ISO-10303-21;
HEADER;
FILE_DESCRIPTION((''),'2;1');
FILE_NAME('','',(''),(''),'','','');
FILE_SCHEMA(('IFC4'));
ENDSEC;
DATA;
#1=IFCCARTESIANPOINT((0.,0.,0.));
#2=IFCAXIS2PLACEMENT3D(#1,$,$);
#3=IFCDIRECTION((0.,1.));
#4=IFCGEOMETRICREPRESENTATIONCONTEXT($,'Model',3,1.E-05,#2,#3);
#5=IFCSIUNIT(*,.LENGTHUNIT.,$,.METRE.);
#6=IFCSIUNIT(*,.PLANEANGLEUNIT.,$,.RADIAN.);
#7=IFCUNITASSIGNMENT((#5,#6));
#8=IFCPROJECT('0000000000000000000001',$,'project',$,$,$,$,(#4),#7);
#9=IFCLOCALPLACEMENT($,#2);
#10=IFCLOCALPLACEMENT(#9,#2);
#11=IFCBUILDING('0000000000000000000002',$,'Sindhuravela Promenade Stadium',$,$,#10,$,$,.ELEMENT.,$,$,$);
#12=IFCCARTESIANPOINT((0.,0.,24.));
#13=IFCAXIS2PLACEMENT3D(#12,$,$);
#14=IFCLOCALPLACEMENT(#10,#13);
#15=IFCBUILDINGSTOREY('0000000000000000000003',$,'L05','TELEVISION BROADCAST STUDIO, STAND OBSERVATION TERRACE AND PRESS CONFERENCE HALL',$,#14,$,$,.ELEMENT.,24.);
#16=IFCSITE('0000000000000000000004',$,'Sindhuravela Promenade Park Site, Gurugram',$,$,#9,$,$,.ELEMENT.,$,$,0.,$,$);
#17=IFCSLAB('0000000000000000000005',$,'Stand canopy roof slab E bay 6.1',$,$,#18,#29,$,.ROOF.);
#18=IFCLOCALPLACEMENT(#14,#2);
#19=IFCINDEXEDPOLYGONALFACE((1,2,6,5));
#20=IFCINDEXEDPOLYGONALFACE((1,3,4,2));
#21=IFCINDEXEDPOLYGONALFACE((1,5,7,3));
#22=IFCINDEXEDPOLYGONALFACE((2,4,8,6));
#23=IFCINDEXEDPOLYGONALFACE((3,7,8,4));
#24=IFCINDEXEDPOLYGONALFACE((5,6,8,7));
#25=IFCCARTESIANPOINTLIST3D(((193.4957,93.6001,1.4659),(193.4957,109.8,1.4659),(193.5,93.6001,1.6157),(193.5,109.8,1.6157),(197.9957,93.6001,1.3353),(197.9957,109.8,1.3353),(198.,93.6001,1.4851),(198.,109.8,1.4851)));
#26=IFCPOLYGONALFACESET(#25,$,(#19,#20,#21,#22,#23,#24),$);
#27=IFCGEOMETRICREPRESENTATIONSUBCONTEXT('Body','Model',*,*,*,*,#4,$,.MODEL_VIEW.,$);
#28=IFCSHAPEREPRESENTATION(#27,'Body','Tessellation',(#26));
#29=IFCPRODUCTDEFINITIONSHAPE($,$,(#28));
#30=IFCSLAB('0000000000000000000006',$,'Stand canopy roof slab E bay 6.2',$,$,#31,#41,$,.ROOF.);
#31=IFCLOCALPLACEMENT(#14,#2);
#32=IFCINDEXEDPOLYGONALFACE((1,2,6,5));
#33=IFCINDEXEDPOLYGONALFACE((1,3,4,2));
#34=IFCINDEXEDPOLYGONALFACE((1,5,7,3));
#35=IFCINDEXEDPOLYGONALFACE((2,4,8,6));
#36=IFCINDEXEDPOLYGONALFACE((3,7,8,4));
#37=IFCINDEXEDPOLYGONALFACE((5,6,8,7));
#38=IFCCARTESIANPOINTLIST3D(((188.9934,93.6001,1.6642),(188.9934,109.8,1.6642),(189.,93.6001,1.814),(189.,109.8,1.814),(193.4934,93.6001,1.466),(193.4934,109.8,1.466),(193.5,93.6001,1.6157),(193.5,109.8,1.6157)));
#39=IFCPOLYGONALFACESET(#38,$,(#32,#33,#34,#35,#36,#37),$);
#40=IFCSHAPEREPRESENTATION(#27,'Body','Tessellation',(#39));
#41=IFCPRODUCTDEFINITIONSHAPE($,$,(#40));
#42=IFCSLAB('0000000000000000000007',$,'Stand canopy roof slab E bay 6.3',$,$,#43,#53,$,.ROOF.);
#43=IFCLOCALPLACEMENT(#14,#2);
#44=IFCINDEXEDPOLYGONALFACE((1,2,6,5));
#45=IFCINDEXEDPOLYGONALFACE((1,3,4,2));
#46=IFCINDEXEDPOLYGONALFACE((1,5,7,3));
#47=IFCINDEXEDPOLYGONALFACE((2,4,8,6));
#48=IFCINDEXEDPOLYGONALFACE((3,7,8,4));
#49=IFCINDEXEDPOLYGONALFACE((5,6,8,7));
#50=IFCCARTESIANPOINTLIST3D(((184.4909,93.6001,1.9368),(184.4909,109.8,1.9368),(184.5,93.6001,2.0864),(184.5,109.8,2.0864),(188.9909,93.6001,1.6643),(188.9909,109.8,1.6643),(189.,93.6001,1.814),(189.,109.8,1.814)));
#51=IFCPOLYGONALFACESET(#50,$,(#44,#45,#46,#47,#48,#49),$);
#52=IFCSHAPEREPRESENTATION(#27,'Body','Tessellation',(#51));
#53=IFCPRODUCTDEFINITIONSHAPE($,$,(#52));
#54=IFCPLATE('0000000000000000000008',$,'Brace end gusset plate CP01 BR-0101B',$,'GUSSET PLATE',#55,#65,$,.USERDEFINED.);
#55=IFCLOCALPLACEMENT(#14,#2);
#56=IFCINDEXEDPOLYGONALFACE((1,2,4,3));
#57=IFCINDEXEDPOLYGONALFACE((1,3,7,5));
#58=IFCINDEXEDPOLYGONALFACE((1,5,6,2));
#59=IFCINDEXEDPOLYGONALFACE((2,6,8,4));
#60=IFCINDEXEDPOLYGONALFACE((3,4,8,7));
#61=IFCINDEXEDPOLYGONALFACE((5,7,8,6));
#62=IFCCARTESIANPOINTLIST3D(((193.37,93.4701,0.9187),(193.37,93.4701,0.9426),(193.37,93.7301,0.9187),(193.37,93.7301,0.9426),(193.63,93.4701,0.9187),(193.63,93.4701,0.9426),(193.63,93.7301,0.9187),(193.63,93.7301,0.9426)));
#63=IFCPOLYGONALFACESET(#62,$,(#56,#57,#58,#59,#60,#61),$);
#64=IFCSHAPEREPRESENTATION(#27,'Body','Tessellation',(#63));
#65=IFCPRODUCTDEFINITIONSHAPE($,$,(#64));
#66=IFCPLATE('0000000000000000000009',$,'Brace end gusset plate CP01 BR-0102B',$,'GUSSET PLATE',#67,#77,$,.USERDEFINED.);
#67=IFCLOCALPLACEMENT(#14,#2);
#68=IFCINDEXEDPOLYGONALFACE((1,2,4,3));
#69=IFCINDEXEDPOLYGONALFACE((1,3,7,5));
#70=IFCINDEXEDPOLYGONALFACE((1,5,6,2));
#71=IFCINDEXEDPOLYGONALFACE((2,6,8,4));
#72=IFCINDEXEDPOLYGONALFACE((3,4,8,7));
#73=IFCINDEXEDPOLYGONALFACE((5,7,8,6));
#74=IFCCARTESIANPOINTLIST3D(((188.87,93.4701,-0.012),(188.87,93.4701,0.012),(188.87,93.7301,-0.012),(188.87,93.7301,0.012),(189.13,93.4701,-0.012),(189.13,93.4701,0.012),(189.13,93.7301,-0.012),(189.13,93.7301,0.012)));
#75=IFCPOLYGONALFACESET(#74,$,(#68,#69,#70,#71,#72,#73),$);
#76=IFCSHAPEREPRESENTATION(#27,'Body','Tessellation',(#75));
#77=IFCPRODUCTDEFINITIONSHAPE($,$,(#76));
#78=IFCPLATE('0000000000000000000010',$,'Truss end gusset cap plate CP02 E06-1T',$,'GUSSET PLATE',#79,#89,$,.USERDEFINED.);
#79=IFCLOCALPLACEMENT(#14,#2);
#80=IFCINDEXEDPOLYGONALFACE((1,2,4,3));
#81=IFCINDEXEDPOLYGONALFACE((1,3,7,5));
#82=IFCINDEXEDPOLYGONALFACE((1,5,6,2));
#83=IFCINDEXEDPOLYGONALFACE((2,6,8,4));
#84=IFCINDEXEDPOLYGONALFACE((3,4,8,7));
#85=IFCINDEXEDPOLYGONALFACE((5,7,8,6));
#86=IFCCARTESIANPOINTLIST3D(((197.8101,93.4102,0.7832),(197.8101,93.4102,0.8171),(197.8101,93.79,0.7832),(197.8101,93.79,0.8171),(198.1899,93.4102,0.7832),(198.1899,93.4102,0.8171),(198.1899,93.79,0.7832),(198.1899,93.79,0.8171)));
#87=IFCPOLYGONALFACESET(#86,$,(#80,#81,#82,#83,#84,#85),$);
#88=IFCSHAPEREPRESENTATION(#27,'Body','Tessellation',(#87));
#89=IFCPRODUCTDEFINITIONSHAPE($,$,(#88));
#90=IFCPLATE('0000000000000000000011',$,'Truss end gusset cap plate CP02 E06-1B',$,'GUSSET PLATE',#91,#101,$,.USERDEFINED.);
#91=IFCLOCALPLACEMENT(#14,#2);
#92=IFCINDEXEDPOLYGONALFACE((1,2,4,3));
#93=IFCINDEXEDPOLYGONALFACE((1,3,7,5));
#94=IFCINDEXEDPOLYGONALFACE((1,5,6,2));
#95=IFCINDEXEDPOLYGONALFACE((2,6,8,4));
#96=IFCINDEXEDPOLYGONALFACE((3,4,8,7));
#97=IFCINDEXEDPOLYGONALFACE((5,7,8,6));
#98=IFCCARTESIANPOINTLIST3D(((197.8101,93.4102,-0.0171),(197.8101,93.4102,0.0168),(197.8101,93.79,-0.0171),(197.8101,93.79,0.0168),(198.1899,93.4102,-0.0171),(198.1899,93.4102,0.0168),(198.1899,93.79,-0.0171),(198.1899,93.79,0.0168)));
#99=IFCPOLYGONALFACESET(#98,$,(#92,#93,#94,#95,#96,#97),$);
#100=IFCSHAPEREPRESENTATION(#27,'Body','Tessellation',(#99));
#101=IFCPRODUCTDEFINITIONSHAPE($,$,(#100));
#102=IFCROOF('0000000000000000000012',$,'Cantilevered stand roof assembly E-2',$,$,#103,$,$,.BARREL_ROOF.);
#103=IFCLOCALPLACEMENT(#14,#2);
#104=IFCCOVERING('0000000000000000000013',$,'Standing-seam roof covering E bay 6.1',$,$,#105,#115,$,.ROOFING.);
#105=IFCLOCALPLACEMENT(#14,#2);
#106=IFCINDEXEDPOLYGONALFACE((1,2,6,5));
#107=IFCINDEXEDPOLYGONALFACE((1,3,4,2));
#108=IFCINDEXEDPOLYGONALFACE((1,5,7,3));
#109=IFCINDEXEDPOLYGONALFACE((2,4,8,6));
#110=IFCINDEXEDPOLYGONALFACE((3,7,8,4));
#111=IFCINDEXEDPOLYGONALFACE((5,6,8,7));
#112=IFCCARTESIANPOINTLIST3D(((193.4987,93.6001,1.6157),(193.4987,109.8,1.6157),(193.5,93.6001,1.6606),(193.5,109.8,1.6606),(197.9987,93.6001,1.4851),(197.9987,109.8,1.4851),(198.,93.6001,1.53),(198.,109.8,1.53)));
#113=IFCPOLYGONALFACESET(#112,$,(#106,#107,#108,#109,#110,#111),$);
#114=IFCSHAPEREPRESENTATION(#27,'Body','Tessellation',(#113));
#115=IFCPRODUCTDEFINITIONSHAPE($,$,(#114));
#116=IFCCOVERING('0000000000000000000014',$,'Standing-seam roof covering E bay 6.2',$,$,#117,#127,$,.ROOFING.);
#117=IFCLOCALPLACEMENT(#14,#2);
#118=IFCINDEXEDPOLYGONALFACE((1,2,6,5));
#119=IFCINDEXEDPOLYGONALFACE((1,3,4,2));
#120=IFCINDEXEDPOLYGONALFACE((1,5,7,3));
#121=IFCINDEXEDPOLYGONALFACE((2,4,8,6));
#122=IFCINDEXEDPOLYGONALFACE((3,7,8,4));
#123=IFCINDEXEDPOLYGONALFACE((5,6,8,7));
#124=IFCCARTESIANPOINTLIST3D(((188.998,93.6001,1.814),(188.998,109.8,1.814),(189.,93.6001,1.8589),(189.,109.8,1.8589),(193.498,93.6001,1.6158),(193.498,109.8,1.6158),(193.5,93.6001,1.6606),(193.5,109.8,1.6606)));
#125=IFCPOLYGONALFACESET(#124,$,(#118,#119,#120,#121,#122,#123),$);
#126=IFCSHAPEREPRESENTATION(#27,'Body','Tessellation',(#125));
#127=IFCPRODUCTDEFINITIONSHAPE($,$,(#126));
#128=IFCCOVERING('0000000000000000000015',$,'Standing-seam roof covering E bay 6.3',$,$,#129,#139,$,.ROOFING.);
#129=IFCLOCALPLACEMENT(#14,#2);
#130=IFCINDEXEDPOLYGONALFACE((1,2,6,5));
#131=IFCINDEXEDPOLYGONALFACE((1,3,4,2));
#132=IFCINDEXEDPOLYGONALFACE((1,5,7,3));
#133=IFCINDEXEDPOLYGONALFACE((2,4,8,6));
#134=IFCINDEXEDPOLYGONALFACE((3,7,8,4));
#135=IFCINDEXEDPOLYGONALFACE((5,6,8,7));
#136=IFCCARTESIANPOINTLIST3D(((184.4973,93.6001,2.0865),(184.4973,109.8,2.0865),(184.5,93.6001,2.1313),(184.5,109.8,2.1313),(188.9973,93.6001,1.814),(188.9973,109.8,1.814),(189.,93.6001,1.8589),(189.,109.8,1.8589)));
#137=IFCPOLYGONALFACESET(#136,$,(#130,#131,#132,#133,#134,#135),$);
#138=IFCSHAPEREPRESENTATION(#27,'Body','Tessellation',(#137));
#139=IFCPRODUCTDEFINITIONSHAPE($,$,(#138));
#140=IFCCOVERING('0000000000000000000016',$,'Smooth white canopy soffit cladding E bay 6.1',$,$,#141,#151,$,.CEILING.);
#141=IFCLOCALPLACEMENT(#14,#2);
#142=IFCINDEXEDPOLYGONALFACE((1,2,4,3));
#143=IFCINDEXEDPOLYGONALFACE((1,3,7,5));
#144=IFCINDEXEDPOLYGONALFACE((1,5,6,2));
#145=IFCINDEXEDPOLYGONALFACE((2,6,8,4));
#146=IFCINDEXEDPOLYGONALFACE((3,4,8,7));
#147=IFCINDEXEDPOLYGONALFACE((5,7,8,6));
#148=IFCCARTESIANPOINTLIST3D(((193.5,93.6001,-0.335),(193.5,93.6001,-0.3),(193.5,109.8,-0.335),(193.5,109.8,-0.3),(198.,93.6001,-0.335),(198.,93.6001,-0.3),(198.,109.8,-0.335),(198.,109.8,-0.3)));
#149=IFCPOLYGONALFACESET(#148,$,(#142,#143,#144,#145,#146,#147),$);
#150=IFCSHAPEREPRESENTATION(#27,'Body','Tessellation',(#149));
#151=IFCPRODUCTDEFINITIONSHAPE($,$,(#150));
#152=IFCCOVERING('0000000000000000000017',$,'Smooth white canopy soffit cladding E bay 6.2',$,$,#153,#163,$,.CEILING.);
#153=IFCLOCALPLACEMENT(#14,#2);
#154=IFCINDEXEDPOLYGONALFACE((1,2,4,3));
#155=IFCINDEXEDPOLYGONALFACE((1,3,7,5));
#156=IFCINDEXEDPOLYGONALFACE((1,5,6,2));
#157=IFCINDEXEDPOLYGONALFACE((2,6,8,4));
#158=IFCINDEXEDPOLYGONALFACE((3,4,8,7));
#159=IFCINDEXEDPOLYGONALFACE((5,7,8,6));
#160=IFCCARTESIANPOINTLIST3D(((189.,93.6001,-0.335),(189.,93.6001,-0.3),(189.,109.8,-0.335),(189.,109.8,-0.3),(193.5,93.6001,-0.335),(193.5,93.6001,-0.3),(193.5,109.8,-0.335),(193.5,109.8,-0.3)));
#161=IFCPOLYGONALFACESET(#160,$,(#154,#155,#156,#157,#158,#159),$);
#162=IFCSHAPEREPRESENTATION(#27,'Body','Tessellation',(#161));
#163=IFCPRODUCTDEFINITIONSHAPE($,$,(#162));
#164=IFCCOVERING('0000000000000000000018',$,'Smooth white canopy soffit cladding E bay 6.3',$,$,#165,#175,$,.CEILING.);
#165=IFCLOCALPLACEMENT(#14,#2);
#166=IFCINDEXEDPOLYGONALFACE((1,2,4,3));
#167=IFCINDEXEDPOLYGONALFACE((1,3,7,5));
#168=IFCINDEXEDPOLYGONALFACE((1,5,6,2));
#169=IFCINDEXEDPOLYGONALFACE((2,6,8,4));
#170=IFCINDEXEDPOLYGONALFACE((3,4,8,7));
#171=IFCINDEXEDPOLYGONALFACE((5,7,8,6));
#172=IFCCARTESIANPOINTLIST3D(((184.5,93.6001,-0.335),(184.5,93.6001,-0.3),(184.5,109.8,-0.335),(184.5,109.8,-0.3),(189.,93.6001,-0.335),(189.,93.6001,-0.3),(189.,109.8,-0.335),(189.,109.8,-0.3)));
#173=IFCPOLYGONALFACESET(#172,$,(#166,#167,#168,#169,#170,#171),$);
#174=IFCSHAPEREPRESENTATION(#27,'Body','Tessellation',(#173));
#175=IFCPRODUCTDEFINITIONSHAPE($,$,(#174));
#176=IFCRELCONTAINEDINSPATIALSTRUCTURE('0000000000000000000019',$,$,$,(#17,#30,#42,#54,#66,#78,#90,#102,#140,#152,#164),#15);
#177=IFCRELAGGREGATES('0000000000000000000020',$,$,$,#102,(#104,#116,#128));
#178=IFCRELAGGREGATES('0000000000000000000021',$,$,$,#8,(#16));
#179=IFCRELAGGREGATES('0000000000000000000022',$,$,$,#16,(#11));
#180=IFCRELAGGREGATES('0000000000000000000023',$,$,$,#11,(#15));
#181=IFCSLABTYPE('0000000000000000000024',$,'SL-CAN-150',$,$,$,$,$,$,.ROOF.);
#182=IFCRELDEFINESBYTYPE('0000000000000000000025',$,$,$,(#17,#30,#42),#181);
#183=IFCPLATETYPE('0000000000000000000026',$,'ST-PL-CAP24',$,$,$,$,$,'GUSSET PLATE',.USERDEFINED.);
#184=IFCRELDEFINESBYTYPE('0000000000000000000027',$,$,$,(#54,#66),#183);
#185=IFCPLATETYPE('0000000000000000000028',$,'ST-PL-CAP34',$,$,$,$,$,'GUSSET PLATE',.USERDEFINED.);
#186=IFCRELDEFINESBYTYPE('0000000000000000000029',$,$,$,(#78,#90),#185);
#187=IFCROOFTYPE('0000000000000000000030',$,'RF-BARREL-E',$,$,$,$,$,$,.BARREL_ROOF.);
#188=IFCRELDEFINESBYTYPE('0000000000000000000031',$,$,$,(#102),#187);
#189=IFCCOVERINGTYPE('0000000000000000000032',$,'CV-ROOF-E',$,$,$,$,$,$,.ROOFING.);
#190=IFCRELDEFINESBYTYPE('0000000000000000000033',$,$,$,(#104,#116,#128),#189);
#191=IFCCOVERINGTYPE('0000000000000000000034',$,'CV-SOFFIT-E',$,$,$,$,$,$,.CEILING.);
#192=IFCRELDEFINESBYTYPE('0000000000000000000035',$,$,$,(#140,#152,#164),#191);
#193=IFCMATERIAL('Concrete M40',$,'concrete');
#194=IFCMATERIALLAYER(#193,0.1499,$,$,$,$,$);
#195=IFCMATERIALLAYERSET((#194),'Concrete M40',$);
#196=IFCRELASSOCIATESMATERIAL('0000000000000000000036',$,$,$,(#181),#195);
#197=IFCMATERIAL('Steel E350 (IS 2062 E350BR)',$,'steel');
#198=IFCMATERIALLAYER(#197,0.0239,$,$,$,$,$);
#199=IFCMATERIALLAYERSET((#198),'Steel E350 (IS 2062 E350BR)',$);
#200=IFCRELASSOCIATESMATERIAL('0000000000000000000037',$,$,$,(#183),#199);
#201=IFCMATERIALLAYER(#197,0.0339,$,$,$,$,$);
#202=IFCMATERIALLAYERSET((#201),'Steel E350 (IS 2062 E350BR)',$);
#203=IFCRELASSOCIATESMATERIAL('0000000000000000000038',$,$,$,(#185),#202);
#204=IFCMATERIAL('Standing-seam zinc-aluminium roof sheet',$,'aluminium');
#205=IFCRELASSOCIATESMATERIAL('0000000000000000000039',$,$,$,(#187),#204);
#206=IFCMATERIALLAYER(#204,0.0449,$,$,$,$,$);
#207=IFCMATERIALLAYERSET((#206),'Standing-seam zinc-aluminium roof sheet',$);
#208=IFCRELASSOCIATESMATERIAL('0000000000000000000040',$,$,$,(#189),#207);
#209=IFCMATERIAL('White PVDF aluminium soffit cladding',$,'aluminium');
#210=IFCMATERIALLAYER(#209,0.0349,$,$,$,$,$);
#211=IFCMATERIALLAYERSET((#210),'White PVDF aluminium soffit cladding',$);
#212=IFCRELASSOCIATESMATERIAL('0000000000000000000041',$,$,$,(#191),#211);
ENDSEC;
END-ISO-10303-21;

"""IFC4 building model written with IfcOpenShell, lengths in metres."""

from ifc_helpers import new_model, si_unit, direction, frame, origin, origin_2d, place, context, subcontext, project, spatial, polyline, rectangle, outline, extrude, material, layer, layer_set, type_object, element, aggregate, save


model = new_model("IFC4")

# Units and contexts
model_context = context("Model", 3, precision=1e-05, world=origin(), true_north=direction((0.0, 1.0)))
body_context = subcontext(model_context, "Body", "Model", "MODEL_VIEW")
ifc_project = project(units=[si_unit("LENGTHUNIT", "METRE"), si_unit("PLANEANGLEUNIT", "RADIAN")], contexts=[model_context])

# Site, building, storey
site_placement = place(None, origin())
site = spatial("IfcSite", under=ifc_project, at=site_placement, Name="Sindhuravela Promenade Park Site, Gurugram", CompositionType="ELEMENT", RefElevation=0.0)
building_placement = place(site_placement, origin())
building = spatial("IfcBuilding", under=site, at=building_placement, Name="Sindhuravela Promenade Stadium", CompositionType="ELEMENT")
storey_placement = place(building_placement, frame((0.0, 0.0, 24.0)))
storey = spatial("IfcBuildingStorey", under=building, at=storey_placement, Name="L05", Description="TELEVISION BROADCAST STUDIO, STAND OBSERVATION TERRACE AND PRESS CONFERENCE HALL", CompositionType="ELEMENT", Elevation=24.0)

# Shared definitions
ifc_material_1 = material(Name="Concrete M40", Category="concrete")
ifc_material_2 = material(Name="Steel E350 (IS 2062 E350BR)", Category="steel")

# Slabs
ifc_layer_1 = layer(ifc_material_1, 0.1499)
ifc_layer_set_1 = layer_set([ifc_layer_1], Name="Concrete M40")
slab_type = type_object("IfcSlabType", Name="SL-CAN-150", PredefinedType="ROOF", material=ifc_layer_set_1)
slab_1_placement = place(storey_placement, frame((198.0, 93.6001, 1.4851), z_axis=(0.029013, 0.0, 0.999579), x_axis=(0.0, 1.0, 0.0)))
element("IfcSlab", 1, at=slab_1_placement, inside=storey, type_object=slab_type, Name="Stand canopy roof slab E bay 6.1", PredefinedType="ROOF", context=body_context, shape_type="SweptSolid", body=[
    extrude(outline(polyline([(0.0, 0.0), (16.2, 0.0), (16.2, 4.5019), (0.0, 4.5019), (0.0, 0.0)])), origin(), (0.0, 0.0, -1.0), 0.1499),
])
slab_2_placement = place(storey_placement, frame((193.5, 93.6001, 1.6157), z_axis=(0.044011, 0.0, 0.999031), x_axis=(0.0, 1.0, 0.0)))
element("IfcSlab", 2, at=slab_2_placement, inside=storey, type_object=slab_type, Name="Stand canopy roof slab E bay 6.2", PredefinedType="ROOF", context=body_context, shape_type="SweptSolid", body=[
    extrude(outline(polyline([(0.0, 0.0), (16.2, 0.0), (16.2, 4.5044), (0.0, 4.5044), (0.0, 0.0)])), origin(), (0.0, 0.0, -1.0), 0.1499),
])
slab_3_placement = place(storey_placement, frame((189.0, 93.6001, 1.814), z_axis=(0.060436, 0.0, 0.998172), x_axis=(0.0, 1.0, 0.0)))
element("IfcSlab", 3, at=slab_3_placement, inside=storey, type_object=slab_type, Name="Stand canopy roof slab E bay 6.3", PredefinedType="ROOF", context=body_context, shape_type="SweptSolid", body=[
    extrude(outline(polyline([(0.0, 0.0), (16.2, 0.0), (16.2, 4.5082), (0.0, 4.5082), (0.0, 0.0)])), origin(), (0.0, 0.0, -1.0), 0.1499),
])

# Plates
ifc_layer_2 = layer(ifc_material_2, 0.0239)
ifc_layer_set_2 = layer_set([ifc_layer_2], Name="Steel E350 (IS 2062 E350BR)")
plate_type_1 = type_object("IfcPlateType", Name="ST-PL-CAP24", ElementType="GUSSET PLATE", PredefinedType="USERDEFINED", material=ifc_layer_set_2)
for number, where, z_axis, x_axis, name in (
    (4, (193.5, 93.6001, 0.9187), (0.0, 0.0, 1.0), (1.0, 0.0, 0.0), "Brace end gusset plate CP01 BR-0101B"),
    (5, (189.0, 93.6001, -0.012), (0.0, 0.0, 1.0), (1.0, 0.0, 0.0), "Brace end gusset plate CP01 BR-0102B"),
):
    element("IfcPlate", number, at=place(storey_placement, frame(where, z_axis=z_axis, x_axis=x_axis)), inside=storey, type_object=plate_type_1, Name=name, ObjectType="GUSSET PLATE", PredefinedType="USERDEFINED", context=body_context, shape_type="SweptSolid", body=[
        extrude(rectangle(XDim=0.26, YDim=0.26, at=origin_2d()), origin(), (0.0, 0.0, 1.0), 0.0239),
    ])
ifc_layer_3 = layer(ifc_material_2, 0.0339)
ifc_layer_set_3 = layer_set([ifc_layer_3], Name="Steel E350 (IS 2062 E350BR)")
plate_type_2 = type_object("IfcPlateType", Name="ST-PL-CAP34", ElementType="GUSSET PLATE", PredefinedType="USERDEFINED", material=ifc_layer_set_3)
for number, where, z_axis, x_axis, name in (
    (6, (198.0, 93.6001, 0.7832), (0.0, 0.0, 1.0), (1.0, 0.0, 0.0), "Truss end gusset cap plate CP02 E06-1T"),
    (7, (198.0, 93.6001, -0.0171), (0.0, 0.0, 1.0), (1.0, 0.0, 0.0), "Truss end gusset cap plate CP02 E06-1B"),
):
    element("IfcPlate", number, at=place(storey_placement, frame(where, z_axis=z_axis, x_axis=x_axis)), inside=storey, type_object=plate_type_2, Name=name, ObjectType="GUSSET PLATE", PredefinedType="USERDEFINED", context=body_context, shape_type="SweptSolid", body=[
        extrude(rectangle(XDim=0.3799, YDim=0.3799, at=origin_2d()), origin(), (0.0, 0.0, 1.0), 0.0339),
    ])

# Roof, coverings
ifc_material_3 = material(Name="Standing-seam zinc-aluminium roof sheet", Category="aluminium")
roof_type = type_object("IfcRoofType", Name="RF-BARREL-E", PredefinedType="BARREL_ROOF", material=ifc_material_3)
roof_placement = place(storey_placement, origin())
roof = element("IfcRoof", 8, at=roof_placement, inside=storey, type_object=roof_type, Name="Cantilevered stand roof assembly E-2", PredefinedType="BARREL_ROOF")
ifc_layer_4 = layer(ifc_material_3, 0.0449)
ifc_layer_set_4 = layer_set([ifc_layer_4], Name="Standing-seam zinc-aluminium roof sheet")
covering_type_1 = type_object("IfcCoveringType", Name="CV-ROOF-E", PredefinedType="ROOFING", material=ifc_layer_set_4)
covering_1_placement = place(storey_placement, frame((198.0, 93.6001, 1.53), z_axis=(0.029013, 0.0, 0.999579), x_axis=(0.0, 1.0, 0.0)))
covering_1 = element("IfcCovering", 9, at=covering_1_placement, type_object=covering_type_1, Name="Standing-seam roof covering E bay 6.1", PredefinedType="ROOFING", context=body_context, shape_type="SweptSolid", body=[
    extrude(outline(polyline([(0.0, 0.0), (16.2, 0.0), (16.2, 4.5019), (0.0, 4.5019), (0.0, 0.0)])), origin(), (0.0, 0.0, -1.0), 0.0449),
])
covering_2_placement = place(storey_placement, frame((193.5, 93.6001, 1.6606), z_axis=(0.044011, 0.0, 0.999031), x_axis=(0.0, 1.0, 0.0)))
covering_2 = element("IfcCovering", 10, at=covering_2_placement, type_object=covering_type_1, Name="Standing-seam roof covering E bay 6.2", PredefinedType="ROOFING", context=body_context, shape_type="SweptSolid", body=[
    extrude(outline(polyline([(0.0, 0.0), (16.2, 0.0), (16.2, 4.5044), (0.0, 4.5044), (0.0, 0.0)])), origin(), (0.0, 0.0, -1.0), 0.0449),
])
covering_3_placement = place(storey_placement, frame((189.0, 93.6001, 1.8589), z_axis=(0.060436, 0.0, 0.998172), x_axis=(0.0, 1.0, 0.0)))
covering_3 = element("IfcCovering", 11, at=covering_3_placement, type_object=covering_type_1, Name="Standing-seam roof covering E bay 6.3", PredefinedType="ROOFING", context=body_context, shape_type="SweptSolid", body=[
    extrude(outline(polyline([(0.0, 0.0), (16.2, 0.0), (16.2, 4.5082), (0.0, 4.5082), (0.0, 0.0)])), origin(), (0.0, 0.0, -1.0), 0.0449),
])
aggregate(roof, [covering_1, covering_2, covering_3])

# Coverings
ifc_material_4 = material(Name="White PVDF aluminium soffit cladding", Category="aluminium")
ifc_layer_5 = layer(ifc_material_4, 0.0349)
ifc_layer_set_5 = layer_set([ifc_layer_5], Name="White PVDF aluminium soffit cladding")
covering_type_2 = type_object("IfcCoveringType", Name="CV-SOFFIT-E", PredefinedType="CEILING", material=ifc_layer_set_5)
for number, where, z_axis, x_axis, name in (
    (12, (198.0, 93.6001, -0.3), (0.0, 0.0, 1.0), (0.0, 1.0, 0.0), "Smooth white canopy soffit cladding E bay 6.1"),
    (13, (193.5, 93.6001, -0.3), (0.0, 0.0, 1.0), (0.0, 1.0, 0.0), "Smooth white canopy soffit cladding E bay 6.2"),
    (14, (189.0, 93.6001, -0.3), (0.0, 0.0, 1.0), (0.0, 1.0, 0.0), "Smooth white canopy soffit cladding E bay 6.3"),
):
    element("IfcCovering", number, at=place(storey_placement, frame(where, z_axis=z_axis, x_axis=x_axis)), inside=storey, type_object=covering_type_2, Name=name, PredefinedType="CEILING", context=body_context, shape_type="SweptSolid", body=[
        extrude(outline(polyline([(0.0, 0.0), (16.2, 0.0), (16.2, 4.5), (0.0, 4.5), (0.0, 0.0)])), origin(), (0.0, 0.0, -1.0), 0.0349),
    ])

save(model, "model.ifc")
